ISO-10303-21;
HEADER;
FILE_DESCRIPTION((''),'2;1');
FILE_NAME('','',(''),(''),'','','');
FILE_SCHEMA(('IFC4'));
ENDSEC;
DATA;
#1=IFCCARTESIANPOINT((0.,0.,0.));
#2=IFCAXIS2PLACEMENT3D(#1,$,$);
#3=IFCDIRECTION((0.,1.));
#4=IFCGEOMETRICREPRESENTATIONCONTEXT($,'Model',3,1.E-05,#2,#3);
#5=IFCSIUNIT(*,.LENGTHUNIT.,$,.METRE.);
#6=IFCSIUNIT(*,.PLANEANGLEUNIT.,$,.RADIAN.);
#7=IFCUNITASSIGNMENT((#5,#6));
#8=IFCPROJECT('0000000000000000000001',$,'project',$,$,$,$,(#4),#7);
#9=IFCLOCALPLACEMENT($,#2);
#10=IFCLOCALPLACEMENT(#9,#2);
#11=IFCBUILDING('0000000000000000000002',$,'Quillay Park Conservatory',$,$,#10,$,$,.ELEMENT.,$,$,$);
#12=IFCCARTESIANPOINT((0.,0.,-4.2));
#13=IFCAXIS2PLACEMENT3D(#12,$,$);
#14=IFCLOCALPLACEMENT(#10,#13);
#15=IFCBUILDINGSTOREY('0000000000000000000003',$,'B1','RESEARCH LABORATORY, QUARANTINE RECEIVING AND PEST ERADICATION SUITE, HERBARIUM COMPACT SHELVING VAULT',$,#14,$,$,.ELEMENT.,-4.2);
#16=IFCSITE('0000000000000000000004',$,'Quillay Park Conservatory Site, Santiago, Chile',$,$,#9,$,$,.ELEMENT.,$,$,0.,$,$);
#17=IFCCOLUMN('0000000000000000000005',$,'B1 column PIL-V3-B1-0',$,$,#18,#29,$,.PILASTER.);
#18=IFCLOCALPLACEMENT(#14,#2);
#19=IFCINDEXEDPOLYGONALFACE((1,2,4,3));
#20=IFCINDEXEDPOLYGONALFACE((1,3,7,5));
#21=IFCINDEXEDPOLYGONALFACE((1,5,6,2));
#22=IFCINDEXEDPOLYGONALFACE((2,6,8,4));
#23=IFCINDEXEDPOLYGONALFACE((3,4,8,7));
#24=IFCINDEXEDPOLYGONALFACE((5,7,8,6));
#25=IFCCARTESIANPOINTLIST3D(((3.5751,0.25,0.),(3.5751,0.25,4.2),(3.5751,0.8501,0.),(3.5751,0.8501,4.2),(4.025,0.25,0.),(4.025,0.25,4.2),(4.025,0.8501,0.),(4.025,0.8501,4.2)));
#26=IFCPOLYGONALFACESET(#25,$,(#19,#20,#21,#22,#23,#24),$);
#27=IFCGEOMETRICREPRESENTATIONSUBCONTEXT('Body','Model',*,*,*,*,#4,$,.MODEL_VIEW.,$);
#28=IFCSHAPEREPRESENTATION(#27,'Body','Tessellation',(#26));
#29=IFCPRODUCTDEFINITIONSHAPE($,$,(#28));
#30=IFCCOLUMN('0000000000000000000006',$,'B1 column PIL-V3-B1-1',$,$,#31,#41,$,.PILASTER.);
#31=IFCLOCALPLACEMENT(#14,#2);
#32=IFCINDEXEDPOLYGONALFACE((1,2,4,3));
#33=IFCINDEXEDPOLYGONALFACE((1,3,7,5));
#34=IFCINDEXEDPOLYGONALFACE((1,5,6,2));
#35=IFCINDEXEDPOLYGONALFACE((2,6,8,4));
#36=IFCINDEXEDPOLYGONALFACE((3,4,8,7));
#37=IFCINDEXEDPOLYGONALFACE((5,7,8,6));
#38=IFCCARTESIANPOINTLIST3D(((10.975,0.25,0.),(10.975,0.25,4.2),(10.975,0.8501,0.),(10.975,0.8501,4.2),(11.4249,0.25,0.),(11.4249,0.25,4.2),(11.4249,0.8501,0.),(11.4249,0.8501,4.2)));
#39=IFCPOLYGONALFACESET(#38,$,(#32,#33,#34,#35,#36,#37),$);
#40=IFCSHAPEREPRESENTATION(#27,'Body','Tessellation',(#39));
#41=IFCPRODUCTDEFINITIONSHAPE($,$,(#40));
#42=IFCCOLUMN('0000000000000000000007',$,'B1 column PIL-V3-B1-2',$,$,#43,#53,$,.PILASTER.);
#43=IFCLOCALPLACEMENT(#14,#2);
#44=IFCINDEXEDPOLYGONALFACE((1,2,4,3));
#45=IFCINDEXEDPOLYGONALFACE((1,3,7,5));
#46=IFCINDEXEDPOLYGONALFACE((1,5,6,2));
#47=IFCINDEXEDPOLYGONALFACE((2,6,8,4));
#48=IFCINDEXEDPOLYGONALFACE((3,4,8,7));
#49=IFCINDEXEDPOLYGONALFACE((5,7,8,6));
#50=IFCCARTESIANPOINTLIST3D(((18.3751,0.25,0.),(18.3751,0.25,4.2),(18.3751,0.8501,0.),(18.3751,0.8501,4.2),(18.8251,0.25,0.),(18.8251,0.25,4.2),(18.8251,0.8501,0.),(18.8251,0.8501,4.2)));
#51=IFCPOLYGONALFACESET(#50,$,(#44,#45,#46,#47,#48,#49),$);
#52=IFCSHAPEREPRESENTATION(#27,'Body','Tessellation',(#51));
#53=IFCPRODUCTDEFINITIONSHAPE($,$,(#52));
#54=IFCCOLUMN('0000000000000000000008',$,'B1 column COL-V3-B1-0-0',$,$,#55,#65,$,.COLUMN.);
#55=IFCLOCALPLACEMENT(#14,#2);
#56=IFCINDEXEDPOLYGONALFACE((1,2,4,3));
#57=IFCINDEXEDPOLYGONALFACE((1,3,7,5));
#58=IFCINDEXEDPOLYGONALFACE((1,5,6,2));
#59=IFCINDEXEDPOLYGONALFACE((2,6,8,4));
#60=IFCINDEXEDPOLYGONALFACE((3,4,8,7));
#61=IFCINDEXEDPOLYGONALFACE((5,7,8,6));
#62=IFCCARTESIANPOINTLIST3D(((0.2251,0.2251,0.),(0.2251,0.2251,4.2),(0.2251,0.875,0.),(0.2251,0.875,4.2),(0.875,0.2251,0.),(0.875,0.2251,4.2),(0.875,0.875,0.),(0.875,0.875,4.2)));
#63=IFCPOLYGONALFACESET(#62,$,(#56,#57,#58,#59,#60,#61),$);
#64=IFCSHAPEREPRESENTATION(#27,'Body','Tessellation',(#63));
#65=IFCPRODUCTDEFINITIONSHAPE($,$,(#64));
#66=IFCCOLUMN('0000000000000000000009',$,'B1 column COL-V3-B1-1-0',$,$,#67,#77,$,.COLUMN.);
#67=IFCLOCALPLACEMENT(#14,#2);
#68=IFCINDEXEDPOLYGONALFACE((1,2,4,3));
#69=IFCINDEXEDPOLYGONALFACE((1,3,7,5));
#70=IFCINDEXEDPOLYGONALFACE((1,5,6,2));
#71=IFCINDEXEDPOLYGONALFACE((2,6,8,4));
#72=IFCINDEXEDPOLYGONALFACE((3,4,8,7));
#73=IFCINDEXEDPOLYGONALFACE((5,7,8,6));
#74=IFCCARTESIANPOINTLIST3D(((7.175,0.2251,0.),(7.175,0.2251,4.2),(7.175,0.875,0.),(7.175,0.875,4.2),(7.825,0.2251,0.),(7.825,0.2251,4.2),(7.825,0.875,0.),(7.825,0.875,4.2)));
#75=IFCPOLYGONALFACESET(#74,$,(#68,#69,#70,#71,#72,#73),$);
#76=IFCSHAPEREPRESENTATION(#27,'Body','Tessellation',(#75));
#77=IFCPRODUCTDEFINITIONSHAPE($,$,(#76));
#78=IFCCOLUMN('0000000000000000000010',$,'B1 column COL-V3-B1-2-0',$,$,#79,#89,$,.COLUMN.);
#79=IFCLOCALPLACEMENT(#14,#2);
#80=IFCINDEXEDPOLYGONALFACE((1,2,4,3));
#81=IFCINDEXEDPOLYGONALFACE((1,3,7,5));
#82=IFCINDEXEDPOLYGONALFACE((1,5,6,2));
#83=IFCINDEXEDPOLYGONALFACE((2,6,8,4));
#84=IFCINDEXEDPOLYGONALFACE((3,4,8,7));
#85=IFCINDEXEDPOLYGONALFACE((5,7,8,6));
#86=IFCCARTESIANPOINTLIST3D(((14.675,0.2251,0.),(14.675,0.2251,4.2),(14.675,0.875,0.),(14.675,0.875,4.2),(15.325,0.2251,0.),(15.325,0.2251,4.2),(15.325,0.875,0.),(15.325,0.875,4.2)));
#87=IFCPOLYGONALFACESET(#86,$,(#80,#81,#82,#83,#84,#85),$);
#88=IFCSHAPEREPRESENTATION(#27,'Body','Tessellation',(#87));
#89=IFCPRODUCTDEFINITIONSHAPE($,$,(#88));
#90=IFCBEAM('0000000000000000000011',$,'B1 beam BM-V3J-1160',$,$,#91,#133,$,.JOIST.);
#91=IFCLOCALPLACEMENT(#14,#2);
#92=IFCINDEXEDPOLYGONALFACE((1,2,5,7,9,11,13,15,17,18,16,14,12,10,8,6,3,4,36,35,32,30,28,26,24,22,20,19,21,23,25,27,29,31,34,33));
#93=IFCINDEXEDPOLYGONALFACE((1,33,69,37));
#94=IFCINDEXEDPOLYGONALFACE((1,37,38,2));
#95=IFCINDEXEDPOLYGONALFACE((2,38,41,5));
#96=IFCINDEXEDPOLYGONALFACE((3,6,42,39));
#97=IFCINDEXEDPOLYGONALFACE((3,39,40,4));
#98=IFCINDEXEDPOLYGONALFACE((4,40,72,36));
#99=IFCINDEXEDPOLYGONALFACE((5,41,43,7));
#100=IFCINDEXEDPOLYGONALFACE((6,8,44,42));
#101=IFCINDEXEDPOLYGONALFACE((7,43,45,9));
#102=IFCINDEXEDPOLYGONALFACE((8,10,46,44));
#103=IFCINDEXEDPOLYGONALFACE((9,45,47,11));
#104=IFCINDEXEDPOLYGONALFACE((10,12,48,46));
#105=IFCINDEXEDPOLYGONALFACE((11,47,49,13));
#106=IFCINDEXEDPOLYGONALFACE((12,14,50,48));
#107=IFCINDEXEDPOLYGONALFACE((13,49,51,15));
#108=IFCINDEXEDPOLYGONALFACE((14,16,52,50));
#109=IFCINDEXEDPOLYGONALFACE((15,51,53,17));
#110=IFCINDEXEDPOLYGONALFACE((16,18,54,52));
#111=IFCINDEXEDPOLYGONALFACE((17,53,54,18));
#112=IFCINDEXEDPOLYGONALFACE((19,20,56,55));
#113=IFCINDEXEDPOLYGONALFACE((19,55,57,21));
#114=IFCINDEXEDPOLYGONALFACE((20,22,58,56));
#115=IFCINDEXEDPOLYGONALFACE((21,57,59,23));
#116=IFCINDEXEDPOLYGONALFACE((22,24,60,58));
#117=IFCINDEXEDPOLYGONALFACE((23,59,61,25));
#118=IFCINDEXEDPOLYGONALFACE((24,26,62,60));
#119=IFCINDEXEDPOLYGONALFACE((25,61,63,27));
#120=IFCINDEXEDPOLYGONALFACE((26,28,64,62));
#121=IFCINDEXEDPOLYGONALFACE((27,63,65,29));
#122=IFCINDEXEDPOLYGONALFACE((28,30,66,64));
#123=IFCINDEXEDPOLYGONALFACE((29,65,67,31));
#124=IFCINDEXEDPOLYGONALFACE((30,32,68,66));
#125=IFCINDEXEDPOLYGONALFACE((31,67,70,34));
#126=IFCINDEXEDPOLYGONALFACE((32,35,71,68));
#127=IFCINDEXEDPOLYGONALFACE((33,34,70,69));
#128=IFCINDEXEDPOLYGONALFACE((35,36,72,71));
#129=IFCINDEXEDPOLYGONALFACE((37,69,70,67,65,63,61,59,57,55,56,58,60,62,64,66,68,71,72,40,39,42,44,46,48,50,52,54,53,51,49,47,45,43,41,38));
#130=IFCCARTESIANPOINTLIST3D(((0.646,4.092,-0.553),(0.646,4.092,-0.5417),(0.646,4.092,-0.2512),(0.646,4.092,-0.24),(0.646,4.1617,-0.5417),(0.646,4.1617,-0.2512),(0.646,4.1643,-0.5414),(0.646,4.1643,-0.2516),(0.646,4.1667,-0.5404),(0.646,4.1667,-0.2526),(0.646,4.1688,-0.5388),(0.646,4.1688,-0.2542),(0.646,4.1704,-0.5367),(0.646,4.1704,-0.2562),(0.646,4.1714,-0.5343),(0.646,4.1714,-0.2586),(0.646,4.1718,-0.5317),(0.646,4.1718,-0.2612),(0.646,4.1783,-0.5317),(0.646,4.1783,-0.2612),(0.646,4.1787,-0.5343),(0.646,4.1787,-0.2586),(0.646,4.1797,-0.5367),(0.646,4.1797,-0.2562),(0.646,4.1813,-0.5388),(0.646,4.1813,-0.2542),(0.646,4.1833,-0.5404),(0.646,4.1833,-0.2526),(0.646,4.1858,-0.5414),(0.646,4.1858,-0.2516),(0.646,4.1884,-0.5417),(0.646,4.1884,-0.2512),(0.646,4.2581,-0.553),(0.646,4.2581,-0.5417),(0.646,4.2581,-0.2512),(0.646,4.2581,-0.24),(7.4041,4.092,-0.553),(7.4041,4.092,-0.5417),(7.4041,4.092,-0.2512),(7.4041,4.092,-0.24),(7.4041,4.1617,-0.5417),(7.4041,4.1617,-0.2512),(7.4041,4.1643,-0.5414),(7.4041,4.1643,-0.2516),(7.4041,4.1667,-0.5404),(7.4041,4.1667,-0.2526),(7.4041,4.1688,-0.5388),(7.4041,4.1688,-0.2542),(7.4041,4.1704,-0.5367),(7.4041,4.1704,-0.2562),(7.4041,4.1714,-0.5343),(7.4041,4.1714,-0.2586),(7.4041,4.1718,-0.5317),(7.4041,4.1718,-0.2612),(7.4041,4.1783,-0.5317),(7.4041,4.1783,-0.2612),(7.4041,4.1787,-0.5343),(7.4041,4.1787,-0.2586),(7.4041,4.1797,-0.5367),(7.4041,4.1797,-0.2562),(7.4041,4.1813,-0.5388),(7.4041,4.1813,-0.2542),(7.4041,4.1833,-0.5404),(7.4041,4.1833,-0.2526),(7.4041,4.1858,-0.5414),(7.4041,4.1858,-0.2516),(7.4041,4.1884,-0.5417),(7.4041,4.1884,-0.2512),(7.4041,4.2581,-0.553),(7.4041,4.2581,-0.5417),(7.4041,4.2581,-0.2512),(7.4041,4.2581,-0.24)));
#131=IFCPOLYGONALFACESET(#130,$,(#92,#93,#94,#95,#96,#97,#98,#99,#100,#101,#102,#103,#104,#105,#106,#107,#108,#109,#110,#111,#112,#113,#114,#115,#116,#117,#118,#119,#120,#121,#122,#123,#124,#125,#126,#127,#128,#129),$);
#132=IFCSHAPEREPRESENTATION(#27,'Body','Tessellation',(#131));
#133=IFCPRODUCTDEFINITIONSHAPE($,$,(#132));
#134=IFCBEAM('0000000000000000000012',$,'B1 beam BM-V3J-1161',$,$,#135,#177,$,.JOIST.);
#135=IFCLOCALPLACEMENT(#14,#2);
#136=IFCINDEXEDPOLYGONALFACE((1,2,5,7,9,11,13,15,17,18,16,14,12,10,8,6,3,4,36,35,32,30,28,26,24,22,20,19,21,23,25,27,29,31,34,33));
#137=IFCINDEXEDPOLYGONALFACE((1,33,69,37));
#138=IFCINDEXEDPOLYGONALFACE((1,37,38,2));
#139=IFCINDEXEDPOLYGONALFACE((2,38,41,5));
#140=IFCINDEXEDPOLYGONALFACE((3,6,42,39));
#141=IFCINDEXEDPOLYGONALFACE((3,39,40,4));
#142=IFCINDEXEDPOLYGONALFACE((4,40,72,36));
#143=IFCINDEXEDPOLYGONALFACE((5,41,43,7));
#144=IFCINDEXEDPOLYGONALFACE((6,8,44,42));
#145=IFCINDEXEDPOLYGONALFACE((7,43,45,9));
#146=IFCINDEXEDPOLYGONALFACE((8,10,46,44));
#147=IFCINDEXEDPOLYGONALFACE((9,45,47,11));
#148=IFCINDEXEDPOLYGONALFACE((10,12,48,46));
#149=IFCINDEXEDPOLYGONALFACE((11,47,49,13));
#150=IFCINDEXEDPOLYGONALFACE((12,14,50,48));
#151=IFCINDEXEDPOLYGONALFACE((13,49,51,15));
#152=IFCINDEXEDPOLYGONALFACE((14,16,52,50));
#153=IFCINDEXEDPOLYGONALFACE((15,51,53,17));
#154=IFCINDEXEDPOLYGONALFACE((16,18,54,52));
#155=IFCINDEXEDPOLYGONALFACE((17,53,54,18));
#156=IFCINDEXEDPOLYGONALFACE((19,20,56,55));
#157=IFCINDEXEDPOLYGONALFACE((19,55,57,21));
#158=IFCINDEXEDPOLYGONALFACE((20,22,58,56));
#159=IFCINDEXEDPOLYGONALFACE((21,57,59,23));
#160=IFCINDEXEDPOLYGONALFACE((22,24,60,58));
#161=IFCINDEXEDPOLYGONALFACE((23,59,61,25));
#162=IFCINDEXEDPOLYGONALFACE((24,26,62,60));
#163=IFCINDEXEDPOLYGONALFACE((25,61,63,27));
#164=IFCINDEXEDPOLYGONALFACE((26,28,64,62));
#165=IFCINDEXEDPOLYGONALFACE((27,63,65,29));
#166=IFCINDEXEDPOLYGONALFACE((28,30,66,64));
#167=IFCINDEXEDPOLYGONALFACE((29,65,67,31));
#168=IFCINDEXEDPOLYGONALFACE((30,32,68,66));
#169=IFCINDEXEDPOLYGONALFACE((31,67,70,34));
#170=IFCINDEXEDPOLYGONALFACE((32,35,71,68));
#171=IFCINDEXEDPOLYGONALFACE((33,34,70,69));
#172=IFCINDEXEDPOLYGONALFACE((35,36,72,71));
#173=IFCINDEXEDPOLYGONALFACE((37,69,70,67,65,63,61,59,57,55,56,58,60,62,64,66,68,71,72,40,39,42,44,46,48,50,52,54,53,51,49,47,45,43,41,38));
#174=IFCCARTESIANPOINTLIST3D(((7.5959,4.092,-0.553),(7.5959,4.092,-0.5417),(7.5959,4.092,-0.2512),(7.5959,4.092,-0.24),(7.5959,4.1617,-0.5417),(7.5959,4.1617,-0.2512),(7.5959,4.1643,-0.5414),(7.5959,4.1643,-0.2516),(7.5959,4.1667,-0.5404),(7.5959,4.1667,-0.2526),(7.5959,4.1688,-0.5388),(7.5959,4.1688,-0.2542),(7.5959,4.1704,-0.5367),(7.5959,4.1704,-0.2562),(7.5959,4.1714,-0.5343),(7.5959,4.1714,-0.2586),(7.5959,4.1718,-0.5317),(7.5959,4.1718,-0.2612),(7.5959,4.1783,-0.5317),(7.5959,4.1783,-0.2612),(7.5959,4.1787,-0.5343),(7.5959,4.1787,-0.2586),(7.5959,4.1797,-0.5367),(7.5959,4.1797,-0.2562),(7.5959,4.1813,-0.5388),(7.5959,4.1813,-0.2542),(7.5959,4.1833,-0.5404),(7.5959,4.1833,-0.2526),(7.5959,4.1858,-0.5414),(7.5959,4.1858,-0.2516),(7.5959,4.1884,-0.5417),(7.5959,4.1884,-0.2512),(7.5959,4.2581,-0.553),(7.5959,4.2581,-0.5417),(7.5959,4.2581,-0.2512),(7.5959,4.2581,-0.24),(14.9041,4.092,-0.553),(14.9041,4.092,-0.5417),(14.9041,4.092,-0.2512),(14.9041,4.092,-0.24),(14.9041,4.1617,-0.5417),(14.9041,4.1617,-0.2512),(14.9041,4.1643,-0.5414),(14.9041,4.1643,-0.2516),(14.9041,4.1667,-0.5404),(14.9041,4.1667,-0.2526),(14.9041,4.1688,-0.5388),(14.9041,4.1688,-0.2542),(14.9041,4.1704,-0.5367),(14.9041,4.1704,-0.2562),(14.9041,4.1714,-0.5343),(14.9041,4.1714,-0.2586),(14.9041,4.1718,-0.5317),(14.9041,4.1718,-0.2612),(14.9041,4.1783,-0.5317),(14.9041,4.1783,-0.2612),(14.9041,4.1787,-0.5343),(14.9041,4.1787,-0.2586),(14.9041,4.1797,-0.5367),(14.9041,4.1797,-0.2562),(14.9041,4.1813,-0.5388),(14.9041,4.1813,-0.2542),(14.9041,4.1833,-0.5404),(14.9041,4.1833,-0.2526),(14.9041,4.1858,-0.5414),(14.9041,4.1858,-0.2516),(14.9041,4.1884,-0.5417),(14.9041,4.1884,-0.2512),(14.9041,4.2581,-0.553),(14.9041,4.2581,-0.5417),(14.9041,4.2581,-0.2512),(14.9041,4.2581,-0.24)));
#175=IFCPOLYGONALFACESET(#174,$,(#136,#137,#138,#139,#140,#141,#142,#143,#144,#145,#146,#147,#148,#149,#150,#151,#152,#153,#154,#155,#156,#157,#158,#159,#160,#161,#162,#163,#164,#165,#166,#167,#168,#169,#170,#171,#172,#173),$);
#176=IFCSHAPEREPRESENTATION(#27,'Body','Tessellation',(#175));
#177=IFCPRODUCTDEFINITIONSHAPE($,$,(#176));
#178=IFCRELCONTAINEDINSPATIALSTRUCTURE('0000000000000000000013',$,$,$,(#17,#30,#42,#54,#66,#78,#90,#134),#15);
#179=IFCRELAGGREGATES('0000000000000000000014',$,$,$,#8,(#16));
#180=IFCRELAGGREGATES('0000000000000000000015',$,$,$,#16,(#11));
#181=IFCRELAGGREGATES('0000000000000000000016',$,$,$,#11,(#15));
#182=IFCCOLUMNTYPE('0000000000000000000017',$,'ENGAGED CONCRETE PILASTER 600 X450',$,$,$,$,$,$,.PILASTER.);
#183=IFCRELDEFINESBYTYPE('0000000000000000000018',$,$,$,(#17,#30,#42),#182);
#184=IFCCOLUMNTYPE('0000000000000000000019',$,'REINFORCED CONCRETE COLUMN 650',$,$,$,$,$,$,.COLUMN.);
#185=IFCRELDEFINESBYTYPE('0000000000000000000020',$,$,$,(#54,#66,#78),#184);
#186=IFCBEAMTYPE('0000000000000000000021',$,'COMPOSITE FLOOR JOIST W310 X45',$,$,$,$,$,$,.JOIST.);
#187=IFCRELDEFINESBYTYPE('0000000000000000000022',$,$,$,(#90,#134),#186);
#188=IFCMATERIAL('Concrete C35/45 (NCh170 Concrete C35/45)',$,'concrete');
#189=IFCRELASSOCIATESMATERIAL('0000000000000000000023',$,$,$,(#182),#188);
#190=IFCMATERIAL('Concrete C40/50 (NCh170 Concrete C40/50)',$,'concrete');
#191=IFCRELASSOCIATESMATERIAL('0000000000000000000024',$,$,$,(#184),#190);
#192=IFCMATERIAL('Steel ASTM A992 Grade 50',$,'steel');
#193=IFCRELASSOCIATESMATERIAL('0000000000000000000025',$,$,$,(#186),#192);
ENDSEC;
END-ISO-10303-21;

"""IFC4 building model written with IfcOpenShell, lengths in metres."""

from ifc_helpers import new_model, si_unit, direction, frame, origin, origin_2d, place, context, subcontext, project, spatial, rectangle, i_section, extrude, material, material_profile, profile_set, type_object, element, save


model = new_model("IFC4")

# Units and contexts
model_context = context("Model", 3, precision=1e-05, world=origin(), true_north=direction((0.0, 1.0)))
body_context = subcontext(model_context, "Body", "Model", "MODEL_VIEW")
ifc_project = project(units=[si_unit("LENGTHUNIT", "METRE"), si_unit("PLANEANGLEUNIT", "RADIAN")], contexts=[model_context])

# Site, building, storey
site_placement = place(None, origin())
site = spatial("IfcSite", under=ifc_project, at=site_placement, Name="Quillay Park Conservatory Site, Santiago, Chile", CompositionType="ELEMENT", RefElevation=0.0)
building_placement = place(site_placement, origin())
building = spatial("IfcBuilding", under=site, at=building_placement, Name="Quillay Park Conservatory", CompositionType="ELEMENT")
storey_placement = place(building_placement, frame((0.0, 0.0, -4.2)))
storey = spatial("IfcBuildingStorey", under=building, at=storey_placement, Name="B1", Description="RESEARCH LABORATORY, QUARANTINE RECEIVING AND PEST ERADICATION SUITE, HERBARIUM COMPACT SHELVING VAULT", CompositionType="ELEMENT", Elevation=-4.2)

# Columns
ifc_material_1 = material(Name="Concrete C35/45 (NCh170 Concrete C35/45)", Category="concrete")
ifc_material_profile_1 = material_profile(ifc_material_1, rectangle(XDim=0.45, YDim=0.6001, at=origin_2d()), Name="RC600x450")
ifc_profile_set_1 = profile_set([ifc_material_profile_1], Name="Concrete C35/45 (NCh170 Concrete C35/45)")
column_type_1 = type_object("IfcColumnType", Name="ENGAGED CONCRETE PILASTER 600 X450", PredefinedType="PILASTER", material=ifc_profile_set_1)
for number, where, z_axis, x_axis, name in (
    (1, (3.8, 0.55, 0.0), (0.0, 0.0, 1.0), (1.0, 0.0, 0.0), "B1 column PIL-V3-B1-0"),
    (2, (11.2, 0.55, 0.0), (0.0, 0.0, 1.0), (1.0, 0.0, 0.0), "B1 column PIL-V3-B1-1"),
    (3, (18.6001, 0.55, 0.0), (0.0, 0.0, 1.0), (1.0, 0.0, 0.0), "B1 column PIL-V3-B1-2"),
):
    element("IfcColumn", number, at=place(storey_placement, frame(where, z_axis=z_axis, x_axis=x_axis)), inside=storey, type_object=column_type_1, Name=name, PredefinedType="PILASTER", context=body_context, shape_type="SweptSolid", body=[
        extrude(rectangle(XDim=0.45, YDim=0.6001, at=origin_2d()), origin(), (0.0, 0.0, 1.0), 4.2),
    ])
ifc_material_2 = material(Name="Concrete C40/50 (NCh170 Concrete C40/50)", Category="concrete")
ifc_material_profile_2 = material_profile(ifc_material_2, rectangle(XDim=0.6499, YDim=0.6499, at=origin_2d()), Name="RC650x650")
ifc_profile_set_2 = profile_set([ifc_material_profile_2], Name="Concrete C40/50 (NCh170 Concrete C40/50)")
column_type_2 = type_object("IfcColumnType", Name="REINFORCED CONCRETE COLUMN 650", PredefinedType="COLUMN", material=ifc_profile_set_2)
for number, where, z_axis, x_axis, name in (
    (4, (0.55, 0.55, 0.0), (0.0, 0.0, 1.0), (1.0, 0.0, 0.0), "B1 column COL-V3-B1-0-0"),
    (5, (7.5, 0.55, 0.0), (0.0, 0.0, 1.0), (1.0, 0.0, 0.0), "B1 column COL-V3-B1-1-0"),
    (6, (15.0, 0.55, 0.0), (0.0, 0.0, 1.0), (1.0, 0.0, 0.0), "B1 column COL-V3-B1-2-0"),
):
    element("IfcColumn", number, at=place(storey_placement, frame(where, z_axis=z_axis, x_axis=x_axis)), inside=storey, type_object=column_type_2, Name=name, PredefinedType="COLUMN", context=body_context, shape_type="SweptSolid", body=[
        extrude(rectangle(XDim=0.6499, YDim=0.6499, at=origin_2d()), origin(), (0.0, 0.0, 1.0), 4.2),
    ])

# Beams
ifc_material_3 = material(Name="Steel ASTM A992 Grade 50", Category="steel")
ifc_material_profile_3 = material_profile(ifc_material_3, i_section(OverallWidth=0.166, OverallDepth=0.313, WebThickness=0.0066, FlangeThickness=0.0112, FilletRadius=0.01, at=origin_2d()), Name="W310x45")
ifc_profile_set_3 = profile_set([ifc_material_profile_3], Name="Steel ASTM A992 Grade 50")
beam_type_1 = type_object("IfcBeamType", Name="COMPOSITE FLOOR JOIST W310 X45", PredefinedType="JOIST", material=ifc_profile_set_3)
beam_1_placement = place(storey_placement, frame((0.646, 4.175, -0.3965), z_axis=(1.0, 0.0, 0.0), x_axis=(0.0, 1.0, 0.0)))
element("IfcBeam", 7, at=beam_1_placement, inside=storey, type_object=beam_type_1, Name="B1 beam BM-V3J-1160", PredefinedType="JOIST", context=body_context, shape_type="SweptSolid", body=[
    extrude(i_section(OverallWidth=0.166, OverallDepth=0.313, WebThickness=0.0066, FlangeThickness=0.0112, FilletRadius=0.01, at=origin_2d()), origin(), (0.0, 0.0, 1.0), 6.7581),
])
beam_2_placement = place(storey_placement, frame((7.5959, 4.175, -0.3965), z_axis=(1.0, 0.0, 0.0), x_axis=(0.0, 1.0, 0.0)))
element("IfcBeam", 8, at=beam_2_placement, inside=storey, type_object=beam_type_1, Name="B1 beam BM-V3J-1161", PredefinedType="JOIST", context=body_context, shape_type="SweptSolid", body=[
    extrude(i_section(OverallWidth=0.166, OverallDepth=0.313, WebThickness=0.0066, FlangeThickness=0.0112, FilletRadius=0.01, at=origin_2d()), origin(), (0.0, 0.0, 1.0), 7.3081),
])

save(model, "model.ifc")
